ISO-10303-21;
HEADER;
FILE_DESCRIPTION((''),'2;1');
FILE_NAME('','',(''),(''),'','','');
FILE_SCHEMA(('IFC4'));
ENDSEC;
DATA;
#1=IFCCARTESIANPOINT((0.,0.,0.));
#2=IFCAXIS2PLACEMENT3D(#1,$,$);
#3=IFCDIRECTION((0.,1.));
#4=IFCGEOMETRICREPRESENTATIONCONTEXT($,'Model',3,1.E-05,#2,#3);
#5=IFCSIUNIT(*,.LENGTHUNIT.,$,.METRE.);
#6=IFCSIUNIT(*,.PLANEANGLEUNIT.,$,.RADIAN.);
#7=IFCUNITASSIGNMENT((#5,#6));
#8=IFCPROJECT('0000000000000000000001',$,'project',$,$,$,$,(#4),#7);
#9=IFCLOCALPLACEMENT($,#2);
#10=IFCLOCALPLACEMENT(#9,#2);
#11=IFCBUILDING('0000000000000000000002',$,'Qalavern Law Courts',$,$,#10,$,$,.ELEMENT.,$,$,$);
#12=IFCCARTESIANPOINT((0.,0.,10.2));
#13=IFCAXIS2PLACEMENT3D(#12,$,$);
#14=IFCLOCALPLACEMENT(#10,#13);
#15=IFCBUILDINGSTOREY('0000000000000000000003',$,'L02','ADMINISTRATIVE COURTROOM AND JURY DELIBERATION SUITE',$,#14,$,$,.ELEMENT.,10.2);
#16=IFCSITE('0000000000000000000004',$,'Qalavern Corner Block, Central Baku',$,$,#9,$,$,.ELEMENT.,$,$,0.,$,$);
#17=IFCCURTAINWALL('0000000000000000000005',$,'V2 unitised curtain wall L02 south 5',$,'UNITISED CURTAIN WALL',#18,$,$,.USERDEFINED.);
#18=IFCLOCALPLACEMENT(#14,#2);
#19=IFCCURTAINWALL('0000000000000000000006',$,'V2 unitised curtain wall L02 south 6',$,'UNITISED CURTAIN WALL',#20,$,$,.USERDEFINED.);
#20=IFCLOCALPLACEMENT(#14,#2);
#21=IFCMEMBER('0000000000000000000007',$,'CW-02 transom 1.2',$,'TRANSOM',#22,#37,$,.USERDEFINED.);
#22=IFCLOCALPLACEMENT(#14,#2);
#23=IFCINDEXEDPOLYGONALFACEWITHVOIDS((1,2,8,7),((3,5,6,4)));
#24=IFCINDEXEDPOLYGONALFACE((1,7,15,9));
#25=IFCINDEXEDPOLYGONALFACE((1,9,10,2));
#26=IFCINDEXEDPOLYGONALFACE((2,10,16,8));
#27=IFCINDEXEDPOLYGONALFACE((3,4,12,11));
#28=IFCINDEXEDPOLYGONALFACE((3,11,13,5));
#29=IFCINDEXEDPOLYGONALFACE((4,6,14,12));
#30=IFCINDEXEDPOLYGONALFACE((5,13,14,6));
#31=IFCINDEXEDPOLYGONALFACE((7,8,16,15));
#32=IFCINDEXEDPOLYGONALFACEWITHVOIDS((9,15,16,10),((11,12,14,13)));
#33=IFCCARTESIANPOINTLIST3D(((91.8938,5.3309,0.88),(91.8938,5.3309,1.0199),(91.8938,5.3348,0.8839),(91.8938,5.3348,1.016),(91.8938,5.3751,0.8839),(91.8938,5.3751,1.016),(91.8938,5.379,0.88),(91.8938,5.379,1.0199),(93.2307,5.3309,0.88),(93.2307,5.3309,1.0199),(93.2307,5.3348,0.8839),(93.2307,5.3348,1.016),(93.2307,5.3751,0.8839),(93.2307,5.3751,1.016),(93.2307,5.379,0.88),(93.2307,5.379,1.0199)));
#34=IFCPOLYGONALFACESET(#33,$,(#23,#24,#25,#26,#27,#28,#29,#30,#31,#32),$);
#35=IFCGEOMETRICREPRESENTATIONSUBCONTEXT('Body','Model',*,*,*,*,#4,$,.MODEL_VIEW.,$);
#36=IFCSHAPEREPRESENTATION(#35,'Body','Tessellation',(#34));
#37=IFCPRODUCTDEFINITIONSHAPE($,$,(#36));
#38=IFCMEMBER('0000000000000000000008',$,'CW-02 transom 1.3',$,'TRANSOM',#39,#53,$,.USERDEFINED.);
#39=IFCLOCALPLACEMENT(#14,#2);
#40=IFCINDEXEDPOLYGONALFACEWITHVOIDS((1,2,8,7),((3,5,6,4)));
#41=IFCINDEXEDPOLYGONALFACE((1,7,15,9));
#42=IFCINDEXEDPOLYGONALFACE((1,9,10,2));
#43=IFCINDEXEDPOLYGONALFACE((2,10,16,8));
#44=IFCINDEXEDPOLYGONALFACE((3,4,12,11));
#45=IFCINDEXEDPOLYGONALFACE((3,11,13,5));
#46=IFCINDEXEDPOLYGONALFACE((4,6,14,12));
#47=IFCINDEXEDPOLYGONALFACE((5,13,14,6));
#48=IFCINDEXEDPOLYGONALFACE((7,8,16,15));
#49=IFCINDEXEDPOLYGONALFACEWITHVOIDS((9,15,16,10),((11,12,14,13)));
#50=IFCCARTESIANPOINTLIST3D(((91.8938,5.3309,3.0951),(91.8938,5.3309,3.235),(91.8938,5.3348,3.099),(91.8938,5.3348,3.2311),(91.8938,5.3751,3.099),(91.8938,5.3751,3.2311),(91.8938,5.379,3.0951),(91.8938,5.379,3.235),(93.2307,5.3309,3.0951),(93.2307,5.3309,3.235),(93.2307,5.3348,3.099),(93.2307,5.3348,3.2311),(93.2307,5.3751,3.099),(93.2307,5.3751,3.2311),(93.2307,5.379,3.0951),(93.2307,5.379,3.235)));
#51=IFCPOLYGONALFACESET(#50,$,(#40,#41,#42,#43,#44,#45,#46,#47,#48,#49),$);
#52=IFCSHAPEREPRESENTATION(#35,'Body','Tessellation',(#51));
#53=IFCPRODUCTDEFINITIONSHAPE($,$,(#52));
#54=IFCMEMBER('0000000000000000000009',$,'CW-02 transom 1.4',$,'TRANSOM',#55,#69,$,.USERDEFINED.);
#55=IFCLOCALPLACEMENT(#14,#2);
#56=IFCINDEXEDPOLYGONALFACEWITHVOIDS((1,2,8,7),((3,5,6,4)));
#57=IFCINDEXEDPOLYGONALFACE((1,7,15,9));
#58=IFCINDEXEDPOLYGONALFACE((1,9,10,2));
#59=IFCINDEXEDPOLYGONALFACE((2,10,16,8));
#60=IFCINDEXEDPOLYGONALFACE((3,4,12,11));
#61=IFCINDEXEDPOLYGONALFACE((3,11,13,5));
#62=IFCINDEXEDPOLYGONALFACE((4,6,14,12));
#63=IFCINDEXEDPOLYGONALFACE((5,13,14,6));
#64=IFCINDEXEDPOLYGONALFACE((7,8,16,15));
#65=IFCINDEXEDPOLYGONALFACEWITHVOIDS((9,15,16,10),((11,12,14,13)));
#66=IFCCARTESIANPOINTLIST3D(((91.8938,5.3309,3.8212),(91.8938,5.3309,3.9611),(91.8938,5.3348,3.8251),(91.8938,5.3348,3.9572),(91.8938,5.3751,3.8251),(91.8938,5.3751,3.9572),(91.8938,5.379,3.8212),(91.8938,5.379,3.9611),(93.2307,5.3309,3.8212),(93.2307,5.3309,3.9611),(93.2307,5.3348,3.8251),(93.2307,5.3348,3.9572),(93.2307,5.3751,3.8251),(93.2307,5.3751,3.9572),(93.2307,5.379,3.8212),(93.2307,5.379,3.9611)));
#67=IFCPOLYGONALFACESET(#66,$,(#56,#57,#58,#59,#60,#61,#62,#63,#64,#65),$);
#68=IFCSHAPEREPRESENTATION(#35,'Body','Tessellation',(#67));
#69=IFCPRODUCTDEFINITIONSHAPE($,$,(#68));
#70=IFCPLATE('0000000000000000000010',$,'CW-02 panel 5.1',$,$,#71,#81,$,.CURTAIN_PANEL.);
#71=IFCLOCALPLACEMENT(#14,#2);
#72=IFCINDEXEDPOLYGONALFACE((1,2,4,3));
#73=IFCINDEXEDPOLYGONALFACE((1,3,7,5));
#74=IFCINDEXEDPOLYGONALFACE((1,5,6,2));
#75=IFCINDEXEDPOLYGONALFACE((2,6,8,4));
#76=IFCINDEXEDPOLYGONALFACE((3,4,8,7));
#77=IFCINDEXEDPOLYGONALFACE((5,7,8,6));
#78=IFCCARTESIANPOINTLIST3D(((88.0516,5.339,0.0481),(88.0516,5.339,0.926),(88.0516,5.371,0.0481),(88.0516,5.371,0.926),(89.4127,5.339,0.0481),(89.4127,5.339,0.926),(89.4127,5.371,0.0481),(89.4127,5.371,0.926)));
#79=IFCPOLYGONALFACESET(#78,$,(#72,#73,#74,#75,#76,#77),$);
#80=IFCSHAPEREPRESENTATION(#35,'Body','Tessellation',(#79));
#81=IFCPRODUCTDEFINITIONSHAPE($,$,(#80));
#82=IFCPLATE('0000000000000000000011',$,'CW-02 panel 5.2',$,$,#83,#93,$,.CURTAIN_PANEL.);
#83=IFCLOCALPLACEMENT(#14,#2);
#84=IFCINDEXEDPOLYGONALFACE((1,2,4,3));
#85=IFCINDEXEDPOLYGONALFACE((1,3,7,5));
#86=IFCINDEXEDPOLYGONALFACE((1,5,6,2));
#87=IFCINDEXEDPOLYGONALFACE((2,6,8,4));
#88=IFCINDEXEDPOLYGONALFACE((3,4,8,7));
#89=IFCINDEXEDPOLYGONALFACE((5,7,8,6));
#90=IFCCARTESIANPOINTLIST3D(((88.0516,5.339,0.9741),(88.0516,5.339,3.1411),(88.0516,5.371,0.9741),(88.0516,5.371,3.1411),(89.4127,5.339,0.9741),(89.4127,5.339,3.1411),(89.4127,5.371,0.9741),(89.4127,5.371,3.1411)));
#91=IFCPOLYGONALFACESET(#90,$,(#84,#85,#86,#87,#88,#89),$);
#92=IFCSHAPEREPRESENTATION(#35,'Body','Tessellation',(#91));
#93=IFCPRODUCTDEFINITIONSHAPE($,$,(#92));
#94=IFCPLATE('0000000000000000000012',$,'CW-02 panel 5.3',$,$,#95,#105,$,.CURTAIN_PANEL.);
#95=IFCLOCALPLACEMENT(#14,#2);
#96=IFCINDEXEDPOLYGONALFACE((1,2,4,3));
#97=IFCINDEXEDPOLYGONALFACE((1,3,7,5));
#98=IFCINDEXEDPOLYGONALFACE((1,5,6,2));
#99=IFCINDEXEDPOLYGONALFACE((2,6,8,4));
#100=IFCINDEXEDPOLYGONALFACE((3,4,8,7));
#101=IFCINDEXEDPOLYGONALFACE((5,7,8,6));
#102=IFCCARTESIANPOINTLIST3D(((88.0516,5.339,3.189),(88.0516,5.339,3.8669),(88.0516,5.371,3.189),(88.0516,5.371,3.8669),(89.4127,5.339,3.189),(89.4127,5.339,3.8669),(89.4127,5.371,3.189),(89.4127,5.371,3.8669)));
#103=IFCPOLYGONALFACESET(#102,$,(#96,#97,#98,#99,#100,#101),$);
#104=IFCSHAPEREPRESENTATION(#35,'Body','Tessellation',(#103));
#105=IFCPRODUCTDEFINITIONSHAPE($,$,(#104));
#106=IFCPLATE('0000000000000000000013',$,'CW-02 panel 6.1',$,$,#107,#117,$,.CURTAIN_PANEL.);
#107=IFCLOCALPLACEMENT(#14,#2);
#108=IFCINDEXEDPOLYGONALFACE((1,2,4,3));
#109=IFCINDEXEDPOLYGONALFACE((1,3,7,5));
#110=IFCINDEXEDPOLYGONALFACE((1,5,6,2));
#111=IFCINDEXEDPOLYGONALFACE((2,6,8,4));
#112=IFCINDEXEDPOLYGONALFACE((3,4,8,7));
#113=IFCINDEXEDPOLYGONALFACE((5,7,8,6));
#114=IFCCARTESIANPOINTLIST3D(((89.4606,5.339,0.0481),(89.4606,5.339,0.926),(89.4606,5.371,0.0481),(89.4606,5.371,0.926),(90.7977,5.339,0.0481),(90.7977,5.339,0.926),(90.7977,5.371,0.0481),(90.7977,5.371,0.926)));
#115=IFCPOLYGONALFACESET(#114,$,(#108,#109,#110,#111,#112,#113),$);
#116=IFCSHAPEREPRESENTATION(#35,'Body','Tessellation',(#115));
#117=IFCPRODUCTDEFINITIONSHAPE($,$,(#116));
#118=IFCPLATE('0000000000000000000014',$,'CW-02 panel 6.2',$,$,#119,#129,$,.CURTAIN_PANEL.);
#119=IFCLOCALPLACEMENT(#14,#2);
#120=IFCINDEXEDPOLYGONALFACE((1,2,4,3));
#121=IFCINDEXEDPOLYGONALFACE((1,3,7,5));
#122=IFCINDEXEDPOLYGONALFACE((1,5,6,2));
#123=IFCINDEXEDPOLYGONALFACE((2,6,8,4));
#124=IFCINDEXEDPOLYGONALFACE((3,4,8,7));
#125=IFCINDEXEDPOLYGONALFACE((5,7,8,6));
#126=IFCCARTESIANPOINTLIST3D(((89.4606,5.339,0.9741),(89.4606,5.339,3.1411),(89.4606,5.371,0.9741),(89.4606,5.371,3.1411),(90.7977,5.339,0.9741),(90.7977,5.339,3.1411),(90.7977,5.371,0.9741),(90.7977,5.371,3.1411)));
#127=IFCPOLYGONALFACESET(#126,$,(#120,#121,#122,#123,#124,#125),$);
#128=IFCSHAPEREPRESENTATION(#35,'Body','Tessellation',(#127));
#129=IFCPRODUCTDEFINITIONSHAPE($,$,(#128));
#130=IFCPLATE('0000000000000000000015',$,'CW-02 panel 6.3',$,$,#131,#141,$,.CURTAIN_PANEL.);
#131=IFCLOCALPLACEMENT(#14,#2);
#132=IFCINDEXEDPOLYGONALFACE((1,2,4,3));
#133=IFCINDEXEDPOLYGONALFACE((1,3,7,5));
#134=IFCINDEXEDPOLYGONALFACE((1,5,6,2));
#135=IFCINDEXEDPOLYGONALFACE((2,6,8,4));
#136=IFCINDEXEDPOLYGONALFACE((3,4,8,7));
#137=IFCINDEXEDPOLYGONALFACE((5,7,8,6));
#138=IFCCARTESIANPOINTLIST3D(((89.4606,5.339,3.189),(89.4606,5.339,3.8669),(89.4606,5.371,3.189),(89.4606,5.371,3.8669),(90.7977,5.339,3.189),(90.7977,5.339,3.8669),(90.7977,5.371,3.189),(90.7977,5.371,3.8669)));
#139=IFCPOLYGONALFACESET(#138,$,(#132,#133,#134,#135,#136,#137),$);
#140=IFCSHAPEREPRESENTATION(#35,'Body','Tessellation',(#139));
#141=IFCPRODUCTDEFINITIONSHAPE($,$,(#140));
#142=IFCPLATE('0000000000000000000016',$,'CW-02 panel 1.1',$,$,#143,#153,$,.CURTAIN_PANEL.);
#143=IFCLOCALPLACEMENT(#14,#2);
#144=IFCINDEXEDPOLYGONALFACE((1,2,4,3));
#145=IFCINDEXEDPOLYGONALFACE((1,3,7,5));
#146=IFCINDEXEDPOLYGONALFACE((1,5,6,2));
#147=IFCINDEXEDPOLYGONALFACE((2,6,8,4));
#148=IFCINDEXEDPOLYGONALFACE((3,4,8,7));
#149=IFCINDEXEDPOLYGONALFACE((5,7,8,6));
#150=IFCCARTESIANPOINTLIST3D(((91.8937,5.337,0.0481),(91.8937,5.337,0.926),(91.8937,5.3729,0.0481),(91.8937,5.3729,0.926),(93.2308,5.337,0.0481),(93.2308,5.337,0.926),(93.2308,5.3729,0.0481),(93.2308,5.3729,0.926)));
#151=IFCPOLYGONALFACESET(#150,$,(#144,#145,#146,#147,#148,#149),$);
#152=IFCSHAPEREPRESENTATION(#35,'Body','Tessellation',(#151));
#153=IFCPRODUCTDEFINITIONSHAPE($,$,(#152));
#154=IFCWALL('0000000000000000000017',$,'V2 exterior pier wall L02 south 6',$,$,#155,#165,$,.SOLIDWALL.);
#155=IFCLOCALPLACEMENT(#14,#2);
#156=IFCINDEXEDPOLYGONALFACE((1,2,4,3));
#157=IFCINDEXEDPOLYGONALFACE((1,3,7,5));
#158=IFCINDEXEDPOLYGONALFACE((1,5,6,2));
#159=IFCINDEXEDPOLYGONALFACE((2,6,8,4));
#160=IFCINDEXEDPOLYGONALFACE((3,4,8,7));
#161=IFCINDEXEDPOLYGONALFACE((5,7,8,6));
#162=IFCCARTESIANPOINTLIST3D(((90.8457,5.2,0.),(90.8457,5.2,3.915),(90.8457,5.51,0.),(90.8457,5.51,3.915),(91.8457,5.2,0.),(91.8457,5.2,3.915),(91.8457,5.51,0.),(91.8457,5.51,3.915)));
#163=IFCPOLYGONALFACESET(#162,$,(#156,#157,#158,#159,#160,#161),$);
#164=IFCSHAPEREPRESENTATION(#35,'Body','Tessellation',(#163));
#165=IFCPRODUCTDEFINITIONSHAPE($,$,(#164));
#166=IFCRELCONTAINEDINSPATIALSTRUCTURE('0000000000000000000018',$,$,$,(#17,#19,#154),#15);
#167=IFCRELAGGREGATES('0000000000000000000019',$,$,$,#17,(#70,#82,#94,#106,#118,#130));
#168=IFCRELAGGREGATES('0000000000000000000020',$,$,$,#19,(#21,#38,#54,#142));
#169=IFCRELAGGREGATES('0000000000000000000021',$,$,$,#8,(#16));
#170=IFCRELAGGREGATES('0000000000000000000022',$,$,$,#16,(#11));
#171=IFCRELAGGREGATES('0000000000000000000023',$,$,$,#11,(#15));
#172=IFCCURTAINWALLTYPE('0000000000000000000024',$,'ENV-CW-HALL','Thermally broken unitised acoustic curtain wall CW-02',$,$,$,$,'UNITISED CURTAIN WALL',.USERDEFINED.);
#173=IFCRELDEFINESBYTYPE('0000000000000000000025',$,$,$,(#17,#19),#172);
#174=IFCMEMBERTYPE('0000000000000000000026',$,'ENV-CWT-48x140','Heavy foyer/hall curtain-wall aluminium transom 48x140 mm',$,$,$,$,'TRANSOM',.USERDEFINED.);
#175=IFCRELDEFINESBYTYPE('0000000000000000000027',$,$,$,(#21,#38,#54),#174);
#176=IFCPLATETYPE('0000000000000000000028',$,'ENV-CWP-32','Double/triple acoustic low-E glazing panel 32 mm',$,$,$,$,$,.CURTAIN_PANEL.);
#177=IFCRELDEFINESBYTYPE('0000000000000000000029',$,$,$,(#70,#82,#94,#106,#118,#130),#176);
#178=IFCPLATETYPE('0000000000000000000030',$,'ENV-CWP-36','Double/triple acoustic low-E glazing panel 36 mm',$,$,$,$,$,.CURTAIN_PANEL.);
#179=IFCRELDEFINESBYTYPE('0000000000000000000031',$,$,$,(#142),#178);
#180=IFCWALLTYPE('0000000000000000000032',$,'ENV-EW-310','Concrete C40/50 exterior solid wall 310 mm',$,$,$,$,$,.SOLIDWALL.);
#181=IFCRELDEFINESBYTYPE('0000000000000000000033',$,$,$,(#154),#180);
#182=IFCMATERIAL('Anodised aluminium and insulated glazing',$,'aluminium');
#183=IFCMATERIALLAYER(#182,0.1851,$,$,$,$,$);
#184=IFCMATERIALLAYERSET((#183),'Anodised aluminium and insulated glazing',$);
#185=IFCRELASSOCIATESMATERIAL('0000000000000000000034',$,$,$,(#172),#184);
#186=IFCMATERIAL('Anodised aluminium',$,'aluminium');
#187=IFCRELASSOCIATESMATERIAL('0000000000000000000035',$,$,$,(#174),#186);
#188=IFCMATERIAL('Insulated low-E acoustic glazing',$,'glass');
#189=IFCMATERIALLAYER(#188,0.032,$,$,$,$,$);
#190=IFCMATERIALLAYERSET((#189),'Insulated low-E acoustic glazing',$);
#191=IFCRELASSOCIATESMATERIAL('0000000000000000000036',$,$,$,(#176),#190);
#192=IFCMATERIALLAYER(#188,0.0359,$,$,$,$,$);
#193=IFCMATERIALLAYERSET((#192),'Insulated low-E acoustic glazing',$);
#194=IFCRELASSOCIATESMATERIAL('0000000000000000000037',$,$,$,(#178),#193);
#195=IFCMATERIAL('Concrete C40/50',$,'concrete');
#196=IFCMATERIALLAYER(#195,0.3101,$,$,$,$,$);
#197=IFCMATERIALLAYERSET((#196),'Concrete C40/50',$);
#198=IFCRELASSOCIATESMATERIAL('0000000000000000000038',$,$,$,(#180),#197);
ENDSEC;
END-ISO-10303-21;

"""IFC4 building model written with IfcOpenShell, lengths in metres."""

from ifc_helpers import new_model, si_unit, direction, frame, frame_2d, origin, origin_2d, place, context, subcontext, project, spatial, rectangle, hollow_rectangle, extrude, material, layer, layer_set, material_profile, profile_set, type_object, element, aggregate, save


model = new_model("IFC4")

# Units and contexts
model_context = context("Model", 3, precision=1e-05, world=origin(), true_north=direction((0.0, 1.0)))
body_context = subcontext(model_context, "Body", "Model", "MODEL_VIEW")
ifc_project = project(units=[si_unit("LENGTHUNIT", "METRE"), si_unit("PLANEANGLEUNIT", "RADIAN")], contexts=[model_context])

# Site, building, storey
site_placement = place(None, origin())
site = spatial("IfcSite", under=ifc_project, at=site_placement, Name="Qalavern Corner Block, Central Baku", CompositionType="ELEMENT", RefElevation=0.0)
building_placement = place(site_placement, origin())
building = spatial("IfcBuilding", under=site, at=building_placement, Name="Qalavern Law Courts", CompositionType="ELEMENT")
storey_placement = place(building_placement, frame((0.0, 0.0, 10.2)))
storey = spatial("IfcBuildingStorey", under=building, at=storey_placement, Name="L02", Description="ADMINISTRATIVE COURTROOM AND JURY DELIBERATION SUITE", CompositionType="ELEMENT", Elevation=10.2)

# Curtain wall
ifc_material_1 = material(Name="Anodised aluminium and insulated glazing", Category="aluminium")
ifc_layer_1 = layer(ifc_material_1, 0.1851)
ifc_layer_set_1 = layer_set([ifc_layer_1], Name="Anodised aluminium and insulated glazing")
curtain_wall_type = type_object("IfcCurtainWallType", Name="ENV-CW-HALL", Description="Thermally broken unitised acoustic curtain wall CW-02", ElementType="UNITISED CURTAIN WALL", PredefinedType="USERDEFINED", material=ifc_layer_set_1)
curtain_wall_1_placement = place(storey_placement, origin())
curtain_wall_1 = element("IfcCurtainWall", 1, at=curtain_wall_1_placement, inside=storey, type_object=curtain_wall_type, Name="V2 unitised curtain wall L02 south 5", ObjectType="UNITISED CURTAIN WALL", PredefinedType="USERDEFINED")
ifc_material_2 = material(Name="Anodised aluminium", Category="aluminium")

# Curtain wall
curtain_wall_2_placement = place(storey_placement, origin())
curtain_wall_2 = element("IfcCurtainWall", 2, at=curtain_wall_2_placement, inside=storey, type_object=curtain_wall_type, Name="V2 unitised curtain wall L02 south 6", ObjectType="UNITISED CURTAIN WALL", PredefinedType="USERDEFINED")

# Members
ifc_material_profile_1 = material_profile(ifc_material_2, hollow_rectangle(XDim=0.0481, YDim=0.1399, WallThickness=0.0039, at=origin_2d()), Name="ALU TRANSOM 48x140")
ifc_profile_set_1 = profile_set([ifc_material_profile_1], Name="Anodised aluminium")
member_type_1 = type_object("IfcMemberType", Name="ENV-CWT-48x140", Description="Heavy foyer/hall curtain-wall aluminium transom 48x140 mm", ElementType="TRANSOM", PredefinedType="USERDEFINED", material=ifc_profile_set_1)
member_1_placement = place(storey_placement, frame((91.8938, 5.355, 0.95), z_axis=(1.0, 0.0, 0.0), x_axis=(0.0, 1.0, 0.0)))
member_1 = element("IfcMember", 3, at=member_1_placement, type_object=member_type_1, Name="CW-02 transom 1.2", ObjectType="TRANSOM", PredefinedType="USERDEFINED", context=body_context, shape_type="SweptSolid", body=[
    extrude(hollow_rectangle(XDim=0.0481, YDim=0.1399, WallThickness=0.0039, at=origin_2d()), origin(), (0.0, 0.0, 1.0), 1.3369),
])
member_2_placement = place(storey_placement, frame((91.8938, 5.355, 3.165), z_axis=(1.0, 0.0, 0.0), x_axis=(0.0, 1.0, 0.0)))
member_2 = element("IfcMember", 4, at=member_2_placement, type_object=member_type_1, Name="CW-02 transom 1.3", ObjectType="TRANSOM", PredefinedType="USERDEFINED", context=body_context, shape_type="SweptSolid", body=[
    extrude(hollow_rectangle(XDim=0.0481, YDim=0.1399, WallThickness=0.0039, at=origin_2d()), origin(), (0.0, 0.0, 1.0), 1.3369),
])
member_3_placement = place(storey_placement, frame((91.8938, 5.355, 3.8911), z_axis=(1.0, 0.0, 0.0), x_axis=(0.0, 1.0, 0.0)))
member_3 = element("IfcMember", 5, at=member_3_placement, type_object=member_type_1, Name="CW-02 transom 1.4", ObjectType="TRANSOM", PredefinedType="USERDEFINED", context=body_context, shape_type="SweptSolid", body=[
    extrude(hollow_rectangle(XDim=0.0481, YDim=0.1399, WallThickness=0.0039, at=origin_2d()), origin(), (0.0, 0.0, 1.0), 1.3369),
])

# Plates
ifc_material_3 = material(Name="Insulated low-E acoustic glazing", Category="glass")
ifc_layer_2 = layer(ifc_material_3, 0.032)
ifc_layer_set_2 = layer_set([ifc_layer_2], Name="Insulated low-E acoustic glazing")
plate_type_1 = type_object("IfcPlateType", Name="ENV-CWP-32", Description="Double/triple acoustic low-E glazing panel 32 mm", PredefinedType="CURTAIN_PANEL", material=ifc_layer_set_2)
plate_1_placement = place(storey_placement, frame((88.7322, 5.355, 0.0481), z_axis=(0.0, 0.0, 1.0), x_axis=(1.0, 0.0, 0.0)))
plate_1 = element("IfcPlate", 6, at=plate_1_placement, type_object=plate_type_1, Name="CW-02 panel 5.1", PredefinedType="CURTAIN_PANEL", context=body_context, shape_type="SweptSolid", body=[
    extrude(rectangle(XDim=1.3611, YDim=0.032, at=origin_2d()), origin(), (0.0, 0.0, 1.0), 0.8779),
])
plate_2_placement = place(storey_placement, frame((88.7322, 5.355, 0.9741), z_axis=(0.0, 0.0, 1.0), x_axis=(1.0, 0.0, 0.0)))
plate_2 = element("IfcPlate", 7, at=plate_2_placement, type_object=plate_type_1, Name="CW-02 panel 5.2", PredefinedType="CURTAIN_PANEL", context=body_context, shape_type="SweptSolid", body=[
    extrude(rectangle(XDim=1.3611, YDim=0.032, at=origin_2d()), origin(), (0.0, 0.0, 1.0), 2.167),
])
plate_3_placement = place(storey_placement, frame((88.7322, 5.355, 3.189), z_axis=(0.0, 0.0, 1.0), x_axis=(1.0, 0.0, 0.0)))
plate_3 = element("IfcPlate", 8, at=plate_3_placement, type_object=plate_type_1, Name="CW-02 panel 5.3", PredefinedType="CURTAIN_PANEL", context=body_context, shape_type="SweptSolid", body=[
    extrude(rectangle(XDim=1.3611, YDim=0.032, at=origin_2d()), origin(), (0.0, 0.0, 1.0), 0.678),
])
plate_4_placement = place(storey_placement, frame((90.1292, 5.355, 0.0481), z_axis=(0.0, 0.0, 1.0), x_axis=(1.0, 0.0, 0.0)))
plate_4 = element("IfcPlate", 9, at=plate_4_placement, type_object=plate_type_1, Name="CW-02 panel 6.1", PredefinedType="CURTAIN_PANEL", context=body_context, shape_type="SweptSolid", body=[
    extrude(rectangle(XDim=1.3372, YDim=0.032, at=origin_2d()), origin(), (0.0, 0.0, 1.0), 0.8779),
])
plate_5_placement = place(storey_placement, frame((90.1292, 5.355, 0.9741), z_axis=(0.0, 0.0, 1.0), x_axis=(1.0, 0.0, 0.0)))
plate_5 = element("IfcPlate", 10, at=plate_5_placement, type_object=plate_type_1, Name="CW-02 panel 6.2", PredefinedType="CURTAIN_PANEL", context=body_context, shape_type="SweptSolid", body=[
    extrude(rectangle(XDim=1.3372, YDim=0.032, at=origin_2d()), origin(), (0.0, 0.0, 1.0), 2.167),
])
plate_6_placement = place(storey_placement, frame((90.1292, 5.355, 3.189), z_axis=(0.0, 0.0, 1.0), x_axis=(1.0, 0.0, 0.0)))
plate_6 = element("IfcPlate", 11, at=plate_6_placement, type_object=plate_type_1, Name="CW-02 panel 6.3", PredefinedType="CURTAIN_PANEL", context=body_context, shape_type="SweptSolid", body=[
    extrude(rectangle(XDim=1.3372, YDim=0.032, at=origin_2d()), origin(), (0.0, 0.0, 1.0), 0.678),
])
aggregate(curtain_wall_1, [plate_1, plate_2, plate_3, plate_4, plate_5, plate_6])
ifc_layer_3 = layer(ifc_material_3, 0.0359)
ifc_layer_set_3 = layer_set([ifc_layer_3], Name="Insulated low-E acoustic glazing")
plate_type_2 = type_object("IfcPlateType", Name="ENV-CWP-36", Description="Double/triple acoustic low-E glazing panel 36 mm", PredefinedType="CURTAIN_PANEL", material=ifc_layer_set_3)
plate_7_placement = place(storey_placement, frame((92.5623, 5.355, 0.0481), z_axis=(0.0, 0.0, 1.0), x_axis=(1.0, 0.0, 0.0)))
plate_7 = element("IfcPlate", 12, at=plate_7_placement, type_object=plate_type_2, Name="CW-02 panel 1.1", PredefinedType="CURTAIN_PANEL", context=body_context, shape_type="SweptSolid", body=[
    extrude(rectangle(XDim=1.3372, YDim=0.0359, at=origin_2d()), origin(), (0.0, 0.0, 1.0), 0.8779),
])
aggregate(curtain_wall_2, [member_1, member_2, member_3, plate_7])

# Wall
ifc_material_4 = material(Name="Concrete C40/50", Category="concrete")
ifc_layer_4 = layer(ifc_material_4, 0.3101)
ifc_layer_set_4 = layer_set([ifc_layer_4], Name="Concrete C40/50")
wall_type = type_object("IfcWallType", Name="ENV-EW-310", Description="Concrete C40/50 exterior solid wall 310 mm", PredefinedType="SOLIDWALL", material=ifc_layer_set_4)
wall_placement = place(storey_placement, frame((90.8457, 5.355, 0.0), z_axis=(0.0, 0.0, 1.0), x_axis=(1.0, 0.0, 0.0)))
element("IfcWall", 13, at=wall_placement, inside=storey, type_object=wall_type, Name="V2 exterior pier wall L02 south 6", PredefinedType="SOLIDWALL", context=body_context, shape_type="SweptSolid", body=[
    extrude(rectangle(XDim=1.0, YDim=0.3101, at=frame_2d((0.5, 0.0))), origin(), (0.0, 0.0, 1.0), 3.915),
])

save(model, "model.ifc")
